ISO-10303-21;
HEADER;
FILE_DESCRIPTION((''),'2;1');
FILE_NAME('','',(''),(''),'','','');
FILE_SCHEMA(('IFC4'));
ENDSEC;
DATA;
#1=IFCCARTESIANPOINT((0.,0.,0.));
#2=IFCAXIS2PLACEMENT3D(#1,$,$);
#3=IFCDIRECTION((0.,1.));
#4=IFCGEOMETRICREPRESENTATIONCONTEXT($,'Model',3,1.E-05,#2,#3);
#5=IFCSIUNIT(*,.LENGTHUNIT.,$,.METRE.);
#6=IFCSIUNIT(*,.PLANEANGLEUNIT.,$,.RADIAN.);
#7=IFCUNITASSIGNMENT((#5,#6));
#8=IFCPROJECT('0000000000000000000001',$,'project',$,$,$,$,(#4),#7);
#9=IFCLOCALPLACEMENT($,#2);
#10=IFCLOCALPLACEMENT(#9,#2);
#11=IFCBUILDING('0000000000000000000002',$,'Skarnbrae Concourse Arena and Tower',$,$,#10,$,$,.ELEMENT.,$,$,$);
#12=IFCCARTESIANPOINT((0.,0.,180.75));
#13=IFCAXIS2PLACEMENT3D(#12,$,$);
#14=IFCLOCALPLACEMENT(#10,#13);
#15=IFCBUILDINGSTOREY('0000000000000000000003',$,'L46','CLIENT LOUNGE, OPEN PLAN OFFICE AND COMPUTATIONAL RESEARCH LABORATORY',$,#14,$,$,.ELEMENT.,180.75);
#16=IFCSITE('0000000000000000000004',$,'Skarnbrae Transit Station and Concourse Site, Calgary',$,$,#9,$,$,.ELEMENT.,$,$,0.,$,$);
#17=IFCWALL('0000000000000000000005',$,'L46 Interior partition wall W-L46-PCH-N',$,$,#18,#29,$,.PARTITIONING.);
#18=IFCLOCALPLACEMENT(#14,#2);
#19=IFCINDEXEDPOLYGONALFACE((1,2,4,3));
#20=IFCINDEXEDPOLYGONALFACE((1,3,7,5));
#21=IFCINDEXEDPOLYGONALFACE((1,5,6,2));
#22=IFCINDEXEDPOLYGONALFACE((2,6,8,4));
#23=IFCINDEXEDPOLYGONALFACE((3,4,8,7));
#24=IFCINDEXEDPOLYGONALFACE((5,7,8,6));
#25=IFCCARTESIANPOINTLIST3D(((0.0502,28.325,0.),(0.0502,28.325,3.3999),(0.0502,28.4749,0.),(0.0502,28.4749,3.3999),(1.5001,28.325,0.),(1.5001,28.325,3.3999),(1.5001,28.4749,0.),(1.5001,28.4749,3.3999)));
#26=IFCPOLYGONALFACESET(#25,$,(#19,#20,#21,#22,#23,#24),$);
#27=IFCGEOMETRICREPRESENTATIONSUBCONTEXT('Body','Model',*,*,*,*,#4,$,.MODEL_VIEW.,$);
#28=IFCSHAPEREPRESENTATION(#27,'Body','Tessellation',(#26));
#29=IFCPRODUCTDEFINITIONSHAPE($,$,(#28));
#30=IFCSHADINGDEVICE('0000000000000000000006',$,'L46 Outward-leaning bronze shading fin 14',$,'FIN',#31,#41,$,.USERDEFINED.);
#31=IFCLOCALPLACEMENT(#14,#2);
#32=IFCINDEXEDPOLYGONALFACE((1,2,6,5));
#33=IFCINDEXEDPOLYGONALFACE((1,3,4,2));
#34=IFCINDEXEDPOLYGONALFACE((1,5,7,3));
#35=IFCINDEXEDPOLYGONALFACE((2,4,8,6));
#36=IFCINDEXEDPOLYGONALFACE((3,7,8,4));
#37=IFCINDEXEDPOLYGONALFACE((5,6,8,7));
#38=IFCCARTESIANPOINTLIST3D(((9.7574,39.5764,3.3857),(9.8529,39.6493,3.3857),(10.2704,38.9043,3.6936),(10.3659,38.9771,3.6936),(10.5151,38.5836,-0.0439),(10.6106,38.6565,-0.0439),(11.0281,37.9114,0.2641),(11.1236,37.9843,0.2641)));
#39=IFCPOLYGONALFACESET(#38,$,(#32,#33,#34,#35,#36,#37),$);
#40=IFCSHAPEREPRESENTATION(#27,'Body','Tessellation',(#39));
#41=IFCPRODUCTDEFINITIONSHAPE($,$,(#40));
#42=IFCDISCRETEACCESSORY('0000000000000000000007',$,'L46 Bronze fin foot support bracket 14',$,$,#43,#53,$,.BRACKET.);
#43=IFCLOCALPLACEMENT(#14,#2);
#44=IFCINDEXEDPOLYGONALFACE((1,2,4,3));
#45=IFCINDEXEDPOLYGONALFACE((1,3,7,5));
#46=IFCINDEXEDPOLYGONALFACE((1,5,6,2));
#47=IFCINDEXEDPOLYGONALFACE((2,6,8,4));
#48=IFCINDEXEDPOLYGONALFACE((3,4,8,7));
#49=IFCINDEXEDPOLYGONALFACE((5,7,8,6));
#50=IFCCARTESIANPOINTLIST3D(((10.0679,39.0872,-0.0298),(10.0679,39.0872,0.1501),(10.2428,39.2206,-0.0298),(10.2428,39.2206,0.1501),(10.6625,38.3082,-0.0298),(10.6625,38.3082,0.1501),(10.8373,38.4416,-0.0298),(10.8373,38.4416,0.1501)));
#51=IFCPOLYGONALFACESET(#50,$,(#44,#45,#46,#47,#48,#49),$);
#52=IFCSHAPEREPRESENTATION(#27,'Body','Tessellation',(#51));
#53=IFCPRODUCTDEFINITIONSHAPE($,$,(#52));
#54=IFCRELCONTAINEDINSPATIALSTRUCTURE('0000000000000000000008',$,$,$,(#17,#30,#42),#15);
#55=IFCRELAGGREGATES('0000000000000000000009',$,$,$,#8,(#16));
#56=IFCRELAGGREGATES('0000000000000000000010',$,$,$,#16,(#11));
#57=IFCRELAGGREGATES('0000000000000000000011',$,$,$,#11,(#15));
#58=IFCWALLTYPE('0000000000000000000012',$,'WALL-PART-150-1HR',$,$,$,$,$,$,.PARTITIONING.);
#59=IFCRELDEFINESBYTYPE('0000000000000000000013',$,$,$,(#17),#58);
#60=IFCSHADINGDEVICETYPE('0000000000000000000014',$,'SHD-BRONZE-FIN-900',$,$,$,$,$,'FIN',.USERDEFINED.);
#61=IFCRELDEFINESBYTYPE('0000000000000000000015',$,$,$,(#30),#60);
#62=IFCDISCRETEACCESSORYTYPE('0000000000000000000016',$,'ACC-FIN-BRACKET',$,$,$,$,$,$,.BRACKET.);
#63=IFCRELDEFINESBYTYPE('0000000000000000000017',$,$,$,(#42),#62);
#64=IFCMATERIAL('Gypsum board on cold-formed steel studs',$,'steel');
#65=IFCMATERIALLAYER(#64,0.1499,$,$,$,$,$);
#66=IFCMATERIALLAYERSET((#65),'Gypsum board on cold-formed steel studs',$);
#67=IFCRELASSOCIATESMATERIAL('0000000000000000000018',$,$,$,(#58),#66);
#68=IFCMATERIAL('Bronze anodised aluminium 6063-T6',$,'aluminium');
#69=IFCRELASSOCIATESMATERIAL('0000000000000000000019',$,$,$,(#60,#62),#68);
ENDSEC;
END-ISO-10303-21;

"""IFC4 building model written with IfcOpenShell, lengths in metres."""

from ifc_helpers import new_model, si_unit, direction, frame, frame_2d, origin, origin_2d, place, context, subcontext, project, spatial, rectangle, extrude, source, transform, mapped, material, layer, layer_set, type_object, element, save


model = new_model("IFC4")

# Units and contexts
model_context = context("Model", 3, precision=1e-05, world=origin(), true_north=direction((0.0, 1.0)))
body_context = subcontext(model_context, "Body", "Model", "MODEL_VIEW")
ifc_project = project(units=[si_unit("LENGTHUNIT", "METRE"), si_unit("PLANEANGLEUNIT", "RADIAN")], contexts=[model_context])

# Site, building, storey
site_placement = place(None, origin())
site = spatial("IfcSite", under=ifc_project, at=site_placement, Name="Skarnbrae Transit Station and Concourse Site, Calgary", CompositionType="ELEMENT", RefElevation=0.0)
building_placement = place(site_placement, origin())
building = spatial("IfcBuilding", under=site, at=building_placement, Name="Skarnbrae Concourse Arena and Tower", CompositionType="ELEMENT")
storey_placement = place(building_placement, frame((0.0, 0.0, 180.75)))
storey = spatial("IfcBuildingStorey", under=building, at=storey_placement, Name="L46", Description="CLIENT LOUNGE, OPEN PLAN OFFICE AND COMPUTATIONAL RESEARCH LABORATORY", CompositionType="ELEMENT", Elevation=180.75)

# Shared definitions
ifc_material_1 = material(Name="Bronze anodised aluminium 6063-T6", Category="aluminium")

# Wall
ifc_material_2 = material(Name="Gypsum board on cold-formed steel studs", Category="steel")
ifc_layer_1 = layer(ifc_material_2, 0.1499)
ifc_layer_set_1 = layer_set([ifc_layer_1], Name="Gypsum board on cold-formed steel studs")
wall_type_1 = type_object("IfcWallType", Name="WALL-PART-150-1HR", PredefinedType="PARTITIONING", material=ifc_layer_set_1)
shared_shape_1 = source(origin(), body_context, "Body", "SweptSolid", [
    extrude(rectangle(XDim=1.45, YDim=0.1499, at=frame_2d((0.7251, 0.0))), origin(), (0.0, 0.0, 1.0), 3.3999),
])
wall_1_placement = place(storey_placement, frame((0.05, 28.3999, 0.0), z_axis=(0.0, 0.0, 1.0), x_axis=(1.0, 0.0, 0.0)))
element("IfcWall", 1, at=wall_1_placement, inside=storey, type_object=wall_type_1, Name="L46 Interior partition wall W-L46-PCH-N", PredefinedType="PARTITIONING", context=body_context, shape_type="MappedRepresentation", body=[
    mapped(shared_shape_1, transform((0.0, 0.0, 0.0))),
])

# Shading device
shading_device_type = type_object("IfcShadingDeviceType", Name="SHD-BRONZE-FIN-900", ElementType="FIN", PredefinedType="USERDEFINED", material=ifc_material_1)
shared_shape_2 = source(origin(), body_context, "Body", "SweptSolid", [
    extrude(rectangle(XDim=0.1201, YDim=0.8999, at=origin_2d()), origin(), (0.0, 0.0, 1.0), 3.6499),
])
shading_device_placement = place(storey_placement, frame((10.8193, 38.2839, 0.1101), z_axis=(-0.207592, 0.272021, 0.939633), x_axis=(0.794955, 0.606668, 0.0)))
element("IfcShadingDevice", 2, at=shading_device_placement, inside=storey, type_object=shading_device_type, Name="L46 Outward-leaning bronze shading fin 14", ObjectType="FIN", PredefinedType="USERDEFINED", context=body_context, shape_type="MappedRepresentation", body=[
    mapped(shared_shape_2, transform((0.0, 0.0, 0.0))),
])

# Discrete accessory
discrete_accessory_type = type_object("IfcDiscreteAccessoryType", Name="ACC-FIN-BRACKET", PredefinedType="BRACKET", material=ifc_material_1)
shared_shape_3 = source(origin(), body_context, "Body", "SweptSolid", [
    extrude(rectangle(XDim=0.22, YDim=0.98, at=origin_2d()), origin(), (0.0, 0.0, 1.0), 0.1799),
])
discrete_accessory_placement = place(storey_placement, frame((10.4526, 38.7644, -0.0298), z_axis=(0.0, 0.0, 1.0), x_axis=(0.794955, 0.606668, 0.0)))
element("IfcDiscreteAccessory", 3, at=discrete_accessory_placement, inside=storey, type_object=discrete_accessory_type, Name="L46 Bronze fin foot support bracket 14", PredefinedType="BRACKET", context=body_context, shape_type="MappedRepresentation", body=[
    mapped(shared_shape_3, transform((0.0, 0.0, 0.0))),
])

save(model, "model.ifc")
